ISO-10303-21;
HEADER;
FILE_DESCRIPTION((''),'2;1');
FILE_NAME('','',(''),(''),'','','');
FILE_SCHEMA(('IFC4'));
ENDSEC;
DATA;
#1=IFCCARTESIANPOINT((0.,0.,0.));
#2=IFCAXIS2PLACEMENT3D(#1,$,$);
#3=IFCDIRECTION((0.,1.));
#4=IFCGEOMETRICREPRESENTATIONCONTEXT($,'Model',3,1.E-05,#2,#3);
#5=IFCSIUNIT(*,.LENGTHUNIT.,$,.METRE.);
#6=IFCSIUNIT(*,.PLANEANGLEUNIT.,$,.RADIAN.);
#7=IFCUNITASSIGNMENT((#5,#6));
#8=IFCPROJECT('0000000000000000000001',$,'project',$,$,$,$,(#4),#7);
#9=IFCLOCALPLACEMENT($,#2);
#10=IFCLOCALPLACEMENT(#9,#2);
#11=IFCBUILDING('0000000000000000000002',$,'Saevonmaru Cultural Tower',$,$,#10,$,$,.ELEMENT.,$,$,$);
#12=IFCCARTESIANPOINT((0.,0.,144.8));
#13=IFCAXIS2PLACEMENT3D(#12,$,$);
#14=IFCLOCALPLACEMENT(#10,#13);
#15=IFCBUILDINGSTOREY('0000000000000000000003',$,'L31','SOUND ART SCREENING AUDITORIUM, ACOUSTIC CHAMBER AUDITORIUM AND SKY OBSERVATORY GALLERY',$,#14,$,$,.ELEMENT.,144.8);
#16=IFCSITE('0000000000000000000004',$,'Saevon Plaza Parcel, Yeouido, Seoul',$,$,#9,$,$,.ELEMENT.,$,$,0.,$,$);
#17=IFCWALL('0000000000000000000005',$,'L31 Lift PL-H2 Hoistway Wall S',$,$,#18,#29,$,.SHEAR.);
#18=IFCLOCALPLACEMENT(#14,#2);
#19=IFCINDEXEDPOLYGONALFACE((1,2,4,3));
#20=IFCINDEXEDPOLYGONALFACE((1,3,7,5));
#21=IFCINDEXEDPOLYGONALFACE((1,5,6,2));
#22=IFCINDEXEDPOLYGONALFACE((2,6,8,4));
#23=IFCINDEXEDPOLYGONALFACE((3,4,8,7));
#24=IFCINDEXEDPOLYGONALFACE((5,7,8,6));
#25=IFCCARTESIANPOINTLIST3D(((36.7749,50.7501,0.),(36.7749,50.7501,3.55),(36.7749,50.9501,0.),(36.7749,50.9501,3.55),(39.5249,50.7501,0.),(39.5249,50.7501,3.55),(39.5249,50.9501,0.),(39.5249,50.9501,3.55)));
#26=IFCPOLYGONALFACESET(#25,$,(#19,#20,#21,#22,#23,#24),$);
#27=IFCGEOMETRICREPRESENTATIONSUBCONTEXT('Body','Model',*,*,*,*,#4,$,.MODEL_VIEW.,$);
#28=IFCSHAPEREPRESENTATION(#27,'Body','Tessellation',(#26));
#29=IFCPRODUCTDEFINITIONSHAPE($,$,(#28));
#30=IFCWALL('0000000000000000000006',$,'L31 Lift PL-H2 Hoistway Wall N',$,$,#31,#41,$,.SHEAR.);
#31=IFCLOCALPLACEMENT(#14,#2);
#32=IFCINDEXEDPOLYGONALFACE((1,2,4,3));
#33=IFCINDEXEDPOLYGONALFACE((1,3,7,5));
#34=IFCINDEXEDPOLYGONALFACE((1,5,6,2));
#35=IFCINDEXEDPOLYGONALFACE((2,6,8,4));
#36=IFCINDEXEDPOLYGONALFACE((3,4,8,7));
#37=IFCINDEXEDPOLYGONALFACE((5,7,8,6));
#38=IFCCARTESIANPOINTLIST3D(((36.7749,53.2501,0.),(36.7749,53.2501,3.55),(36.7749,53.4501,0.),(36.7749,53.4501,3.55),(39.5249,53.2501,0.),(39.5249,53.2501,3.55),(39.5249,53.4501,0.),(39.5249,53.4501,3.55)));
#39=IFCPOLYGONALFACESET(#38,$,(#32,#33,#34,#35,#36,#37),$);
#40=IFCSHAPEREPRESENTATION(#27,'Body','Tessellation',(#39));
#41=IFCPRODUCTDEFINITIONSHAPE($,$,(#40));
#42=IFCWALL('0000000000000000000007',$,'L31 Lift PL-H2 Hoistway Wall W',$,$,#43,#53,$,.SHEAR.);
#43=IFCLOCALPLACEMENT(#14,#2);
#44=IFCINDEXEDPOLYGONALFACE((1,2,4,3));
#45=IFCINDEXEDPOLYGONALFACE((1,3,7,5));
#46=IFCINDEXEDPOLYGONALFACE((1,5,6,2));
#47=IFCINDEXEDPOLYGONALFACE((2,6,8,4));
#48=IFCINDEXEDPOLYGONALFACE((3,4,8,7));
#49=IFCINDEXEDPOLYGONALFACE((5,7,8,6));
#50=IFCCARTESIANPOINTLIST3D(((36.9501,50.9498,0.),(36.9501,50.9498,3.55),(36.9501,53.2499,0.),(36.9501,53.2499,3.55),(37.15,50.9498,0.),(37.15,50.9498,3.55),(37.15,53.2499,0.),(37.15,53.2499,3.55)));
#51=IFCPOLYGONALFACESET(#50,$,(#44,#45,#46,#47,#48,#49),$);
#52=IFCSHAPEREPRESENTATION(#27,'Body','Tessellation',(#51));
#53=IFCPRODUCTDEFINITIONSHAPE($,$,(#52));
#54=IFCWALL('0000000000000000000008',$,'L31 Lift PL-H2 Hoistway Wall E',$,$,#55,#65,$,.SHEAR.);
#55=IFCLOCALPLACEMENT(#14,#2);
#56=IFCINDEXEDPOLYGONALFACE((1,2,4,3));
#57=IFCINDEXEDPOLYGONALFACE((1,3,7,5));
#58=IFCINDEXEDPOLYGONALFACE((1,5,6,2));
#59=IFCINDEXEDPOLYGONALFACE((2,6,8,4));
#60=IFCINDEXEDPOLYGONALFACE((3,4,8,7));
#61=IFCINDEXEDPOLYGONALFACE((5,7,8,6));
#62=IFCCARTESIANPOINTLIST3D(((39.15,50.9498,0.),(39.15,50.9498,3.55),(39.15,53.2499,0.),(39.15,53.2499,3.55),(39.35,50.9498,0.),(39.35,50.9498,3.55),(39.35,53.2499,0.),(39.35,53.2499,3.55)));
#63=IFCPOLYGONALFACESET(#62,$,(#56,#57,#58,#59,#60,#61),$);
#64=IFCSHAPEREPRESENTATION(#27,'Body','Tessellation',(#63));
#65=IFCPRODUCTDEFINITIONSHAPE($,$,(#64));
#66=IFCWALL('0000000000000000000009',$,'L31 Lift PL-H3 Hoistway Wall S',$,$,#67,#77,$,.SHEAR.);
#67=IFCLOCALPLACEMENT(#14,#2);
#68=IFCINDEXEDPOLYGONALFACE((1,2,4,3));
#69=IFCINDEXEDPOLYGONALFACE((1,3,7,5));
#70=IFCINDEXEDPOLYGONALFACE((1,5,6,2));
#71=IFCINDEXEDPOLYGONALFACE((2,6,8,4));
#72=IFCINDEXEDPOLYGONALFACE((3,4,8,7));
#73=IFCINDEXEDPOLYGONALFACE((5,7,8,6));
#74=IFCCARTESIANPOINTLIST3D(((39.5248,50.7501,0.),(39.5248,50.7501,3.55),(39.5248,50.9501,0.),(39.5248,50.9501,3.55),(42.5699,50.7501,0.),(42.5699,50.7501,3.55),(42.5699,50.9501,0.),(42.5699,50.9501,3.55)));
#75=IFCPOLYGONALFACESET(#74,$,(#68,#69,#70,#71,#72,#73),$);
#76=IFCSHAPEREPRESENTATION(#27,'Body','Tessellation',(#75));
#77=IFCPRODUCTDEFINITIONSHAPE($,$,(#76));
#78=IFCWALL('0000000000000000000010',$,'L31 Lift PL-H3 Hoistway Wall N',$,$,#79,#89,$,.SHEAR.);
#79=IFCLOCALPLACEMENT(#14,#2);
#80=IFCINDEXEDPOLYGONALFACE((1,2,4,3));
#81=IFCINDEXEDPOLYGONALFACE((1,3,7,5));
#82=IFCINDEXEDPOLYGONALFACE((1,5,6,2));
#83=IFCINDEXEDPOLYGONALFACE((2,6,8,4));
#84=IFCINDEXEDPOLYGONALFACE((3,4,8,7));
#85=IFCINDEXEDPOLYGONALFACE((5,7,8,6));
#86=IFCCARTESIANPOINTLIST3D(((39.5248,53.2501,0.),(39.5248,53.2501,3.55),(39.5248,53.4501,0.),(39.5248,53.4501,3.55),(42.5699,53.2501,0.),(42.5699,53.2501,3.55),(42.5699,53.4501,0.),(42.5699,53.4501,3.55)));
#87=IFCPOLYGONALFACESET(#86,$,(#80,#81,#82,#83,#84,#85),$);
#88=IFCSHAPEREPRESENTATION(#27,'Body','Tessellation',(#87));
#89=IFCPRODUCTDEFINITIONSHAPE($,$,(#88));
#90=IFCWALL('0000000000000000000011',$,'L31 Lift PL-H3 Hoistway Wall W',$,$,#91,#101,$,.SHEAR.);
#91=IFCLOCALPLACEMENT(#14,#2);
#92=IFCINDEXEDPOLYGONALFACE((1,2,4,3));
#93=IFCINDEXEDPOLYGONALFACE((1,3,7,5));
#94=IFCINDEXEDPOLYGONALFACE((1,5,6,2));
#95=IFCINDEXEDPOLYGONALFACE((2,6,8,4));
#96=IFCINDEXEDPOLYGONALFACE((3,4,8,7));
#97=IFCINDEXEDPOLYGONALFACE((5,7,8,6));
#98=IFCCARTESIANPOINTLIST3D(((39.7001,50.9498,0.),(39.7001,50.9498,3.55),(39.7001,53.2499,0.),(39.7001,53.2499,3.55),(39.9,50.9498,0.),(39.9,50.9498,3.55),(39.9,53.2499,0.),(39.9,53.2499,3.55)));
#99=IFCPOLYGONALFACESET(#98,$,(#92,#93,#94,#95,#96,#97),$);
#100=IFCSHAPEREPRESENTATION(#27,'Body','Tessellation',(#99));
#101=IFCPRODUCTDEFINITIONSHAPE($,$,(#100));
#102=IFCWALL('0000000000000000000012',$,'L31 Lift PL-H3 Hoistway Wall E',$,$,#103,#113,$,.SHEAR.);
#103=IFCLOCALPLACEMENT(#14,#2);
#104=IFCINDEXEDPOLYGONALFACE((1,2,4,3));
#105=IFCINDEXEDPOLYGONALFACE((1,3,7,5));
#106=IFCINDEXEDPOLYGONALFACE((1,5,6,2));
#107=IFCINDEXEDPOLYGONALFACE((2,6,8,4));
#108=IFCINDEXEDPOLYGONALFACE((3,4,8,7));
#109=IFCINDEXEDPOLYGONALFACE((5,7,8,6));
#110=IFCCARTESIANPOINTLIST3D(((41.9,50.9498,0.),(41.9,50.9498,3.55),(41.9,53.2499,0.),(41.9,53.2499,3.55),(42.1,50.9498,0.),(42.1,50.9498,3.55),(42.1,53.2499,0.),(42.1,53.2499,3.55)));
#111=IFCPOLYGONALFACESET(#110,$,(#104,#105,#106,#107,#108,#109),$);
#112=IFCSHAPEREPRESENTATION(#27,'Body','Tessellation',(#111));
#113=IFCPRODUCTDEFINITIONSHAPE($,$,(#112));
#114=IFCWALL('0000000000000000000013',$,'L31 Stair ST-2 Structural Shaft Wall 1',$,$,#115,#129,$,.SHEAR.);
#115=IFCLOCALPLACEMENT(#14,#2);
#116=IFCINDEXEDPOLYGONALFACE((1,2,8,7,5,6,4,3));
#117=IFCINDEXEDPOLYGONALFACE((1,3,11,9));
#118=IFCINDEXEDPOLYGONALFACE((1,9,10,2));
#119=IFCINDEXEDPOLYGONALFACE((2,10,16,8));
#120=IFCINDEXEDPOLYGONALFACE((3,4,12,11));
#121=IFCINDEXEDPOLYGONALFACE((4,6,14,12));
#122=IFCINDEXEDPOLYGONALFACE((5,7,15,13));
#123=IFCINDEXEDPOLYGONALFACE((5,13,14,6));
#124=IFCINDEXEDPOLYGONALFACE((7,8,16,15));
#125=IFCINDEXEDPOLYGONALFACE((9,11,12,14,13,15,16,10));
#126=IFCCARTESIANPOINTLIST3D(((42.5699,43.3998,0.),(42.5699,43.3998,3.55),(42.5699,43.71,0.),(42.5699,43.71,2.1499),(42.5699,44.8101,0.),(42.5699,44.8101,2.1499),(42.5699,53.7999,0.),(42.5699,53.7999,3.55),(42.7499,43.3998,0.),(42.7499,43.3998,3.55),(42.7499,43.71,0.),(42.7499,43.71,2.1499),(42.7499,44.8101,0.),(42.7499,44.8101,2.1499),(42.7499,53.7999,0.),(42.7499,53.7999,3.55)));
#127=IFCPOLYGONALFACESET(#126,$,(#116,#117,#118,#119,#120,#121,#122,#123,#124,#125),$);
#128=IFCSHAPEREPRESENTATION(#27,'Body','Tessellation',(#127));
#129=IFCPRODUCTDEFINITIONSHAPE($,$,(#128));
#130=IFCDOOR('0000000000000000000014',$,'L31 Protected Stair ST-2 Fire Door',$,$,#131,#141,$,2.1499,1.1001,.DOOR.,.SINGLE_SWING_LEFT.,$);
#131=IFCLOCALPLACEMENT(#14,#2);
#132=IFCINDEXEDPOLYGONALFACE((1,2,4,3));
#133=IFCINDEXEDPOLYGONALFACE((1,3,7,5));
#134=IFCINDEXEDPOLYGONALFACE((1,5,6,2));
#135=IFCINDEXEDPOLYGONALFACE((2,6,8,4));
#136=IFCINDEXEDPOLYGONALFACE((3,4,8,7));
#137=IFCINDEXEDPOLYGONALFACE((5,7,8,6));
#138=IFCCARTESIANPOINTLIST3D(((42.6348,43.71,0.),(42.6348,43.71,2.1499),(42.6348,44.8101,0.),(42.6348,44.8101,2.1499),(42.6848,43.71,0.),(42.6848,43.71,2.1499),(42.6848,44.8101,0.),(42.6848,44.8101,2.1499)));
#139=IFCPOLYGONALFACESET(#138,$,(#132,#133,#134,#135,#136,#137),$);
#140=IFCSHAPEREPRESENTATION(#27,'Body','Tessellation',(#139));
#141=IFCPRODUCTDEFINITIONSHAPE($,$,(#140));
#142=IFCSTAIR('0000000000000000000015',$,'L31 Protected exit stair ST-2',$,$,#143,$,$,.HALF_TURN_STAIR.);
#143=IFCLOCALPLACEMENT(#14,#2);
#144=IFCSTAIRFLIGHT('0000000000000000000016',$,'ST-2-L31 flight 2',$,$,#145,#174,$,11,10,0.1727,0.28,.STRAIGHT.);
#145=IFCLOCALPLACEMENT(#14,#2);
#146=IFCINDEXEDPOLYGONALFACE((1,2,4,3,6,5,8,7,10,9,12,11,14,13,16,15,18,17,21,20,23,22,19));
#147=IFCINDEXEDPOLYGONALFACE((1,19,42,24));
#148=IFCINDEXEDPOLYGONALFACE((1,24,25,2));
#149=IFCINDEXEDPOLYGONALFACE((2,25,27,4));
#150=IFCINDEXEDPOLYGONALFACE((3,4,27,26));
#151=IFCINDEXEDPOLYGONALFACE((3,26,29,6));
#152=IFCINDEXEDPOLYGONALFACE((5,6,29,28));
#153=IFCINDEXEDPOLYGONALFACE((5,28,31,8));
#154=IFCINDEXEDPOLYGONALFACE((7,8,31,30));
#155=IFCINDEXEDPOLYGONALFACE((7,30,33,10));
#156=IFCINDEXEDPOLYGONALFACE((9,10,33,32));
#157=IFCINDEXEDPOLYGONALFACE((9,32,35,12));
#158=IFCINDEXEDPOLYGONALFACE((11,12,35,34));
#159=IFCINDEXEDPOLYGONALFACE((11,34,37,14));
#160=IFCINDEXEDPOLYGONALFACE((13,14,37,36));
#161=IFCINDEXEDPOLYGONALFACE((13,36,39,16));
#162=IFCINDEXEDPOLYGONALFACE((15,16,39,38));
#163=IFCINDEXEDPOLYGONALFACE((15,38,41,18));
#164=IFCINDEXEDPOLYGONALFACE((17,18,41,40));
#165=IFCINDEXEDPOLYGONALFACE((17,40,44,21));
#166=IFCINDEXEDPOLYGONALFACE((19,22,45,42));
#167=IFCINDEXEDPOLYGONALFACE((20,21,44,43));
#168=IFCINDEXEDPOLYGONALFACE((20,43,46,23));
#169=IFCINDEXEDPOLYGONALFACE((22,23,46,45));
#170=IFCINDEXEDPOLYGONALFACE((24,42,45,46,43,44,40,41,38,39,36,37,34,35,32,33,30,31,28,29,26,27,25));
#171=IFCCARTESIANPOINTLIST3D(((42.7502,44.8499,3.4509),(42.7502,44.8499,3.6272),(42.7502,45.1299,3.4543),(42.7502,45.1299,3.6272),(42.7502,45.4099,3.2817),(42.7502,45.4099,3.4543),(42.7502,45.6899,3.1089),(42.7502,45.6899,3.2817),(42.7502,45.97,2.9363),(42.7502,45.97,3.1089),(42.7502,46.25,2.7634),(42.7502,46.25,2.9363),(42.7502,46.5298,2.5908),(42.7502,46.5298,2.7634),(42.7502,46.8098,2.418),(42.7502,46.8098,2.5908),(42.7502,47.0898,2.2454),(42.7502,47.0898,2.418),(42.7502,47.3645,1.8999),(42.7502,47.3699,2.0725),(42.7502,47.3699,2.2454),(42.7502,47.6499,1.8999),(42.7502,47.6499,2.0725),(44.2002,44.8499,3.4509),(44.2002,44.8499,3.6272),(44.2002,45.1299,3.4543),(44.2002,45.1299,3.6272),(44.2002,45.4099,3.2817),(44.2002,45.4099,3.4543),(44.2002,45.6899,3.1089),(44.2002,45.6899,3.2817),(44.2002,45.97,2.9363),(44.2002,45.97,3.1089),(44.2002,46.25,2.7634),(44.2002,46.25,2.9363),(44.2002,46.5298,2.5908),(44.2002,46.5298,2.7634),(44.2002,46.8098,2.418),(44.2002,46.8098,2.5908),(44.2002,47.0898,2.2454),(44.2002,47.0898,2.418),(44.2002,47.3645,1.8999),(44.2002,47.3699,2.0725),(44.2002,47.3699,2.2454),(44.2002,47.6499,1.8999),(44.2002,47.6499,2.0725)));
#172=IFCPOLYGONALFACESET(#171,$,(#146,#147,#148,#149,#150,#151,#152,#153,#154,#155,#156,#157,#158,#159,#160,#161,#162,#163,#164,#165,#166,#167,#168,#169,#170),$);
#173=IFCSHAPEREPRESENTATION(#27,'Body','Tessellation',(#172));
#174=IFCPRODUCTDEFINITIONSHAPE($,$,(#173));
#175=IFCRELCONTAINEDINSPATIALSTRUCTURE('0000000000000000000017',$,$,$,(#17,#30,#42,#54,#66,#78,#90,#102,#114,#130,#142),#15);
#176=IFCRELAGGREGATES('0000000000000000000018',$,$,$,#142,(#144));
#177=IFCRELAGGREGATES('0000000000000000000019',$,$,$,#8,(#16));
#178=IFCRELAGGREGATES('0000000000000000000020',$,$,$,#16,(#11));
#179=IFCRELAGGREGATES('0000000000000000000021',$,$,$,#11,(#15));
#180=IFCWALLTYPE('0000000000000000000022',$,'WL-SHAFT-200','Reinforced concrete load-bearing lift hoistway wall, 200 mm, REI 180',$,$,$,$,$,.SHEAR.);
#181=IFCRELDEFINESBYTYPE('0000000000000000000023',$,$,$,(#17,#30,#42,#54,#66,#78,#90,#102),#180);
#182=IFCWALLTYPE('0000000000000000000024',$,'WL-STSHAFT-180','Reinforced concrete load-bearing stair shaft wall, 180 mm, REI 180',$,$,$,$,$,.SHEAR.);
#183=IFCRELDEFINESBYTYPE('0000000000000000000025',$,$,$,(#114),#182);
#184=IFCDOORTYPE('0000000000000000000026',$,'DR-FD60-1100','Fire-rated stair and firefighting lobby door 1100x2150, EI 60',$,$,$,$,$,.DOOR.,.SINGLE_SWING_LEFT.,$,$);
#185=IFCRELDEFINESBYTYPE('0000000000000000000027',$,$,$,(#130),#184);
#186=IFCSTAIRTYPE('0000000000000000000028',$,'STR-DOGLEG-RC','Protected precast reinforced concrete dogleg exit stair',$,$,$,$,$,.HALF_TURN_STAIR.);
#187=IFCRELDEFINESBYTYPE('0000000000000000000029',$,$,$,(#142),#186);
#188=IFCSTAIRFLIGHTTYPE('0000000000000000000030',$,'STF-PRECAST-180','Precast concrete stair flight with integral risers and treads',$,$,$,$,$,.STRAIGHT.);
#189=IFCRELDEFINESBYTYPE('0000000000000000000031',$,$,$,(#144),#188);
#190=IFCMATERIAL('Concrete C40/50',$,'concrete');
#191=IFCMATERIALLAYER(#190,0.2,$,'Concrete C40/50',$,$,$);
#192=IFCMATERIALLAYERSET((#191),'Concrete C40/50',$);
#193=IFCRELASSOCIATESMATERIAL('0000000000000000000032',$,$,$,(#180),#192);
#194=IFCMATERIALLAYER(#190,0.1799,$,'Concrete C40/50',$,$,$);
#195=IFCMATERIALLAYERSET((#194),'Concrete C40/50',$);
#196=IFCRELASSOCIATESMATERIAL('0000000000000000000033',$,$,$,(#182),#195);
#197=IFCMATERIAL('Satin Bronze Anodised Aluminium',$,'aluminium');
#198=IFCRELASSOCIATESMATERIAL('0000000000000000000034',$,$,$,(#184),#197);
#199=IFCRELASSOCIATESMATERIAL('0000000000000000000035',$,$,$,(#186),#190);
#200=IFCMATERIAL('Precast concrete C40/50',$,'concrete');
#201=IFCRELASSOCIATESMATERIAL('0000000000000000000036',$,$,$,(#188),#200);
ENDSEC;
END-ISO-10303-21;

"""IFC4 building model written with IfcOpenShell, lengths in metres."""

from ifc_helpers import new_model, si_unit, direction, frame, frame_2d, origin, place, context, subcontext, project, spatial, polyline, rectangle, outline, extrude, material, layer, layer_set, type_object, element, fill, aggregate, save


model = new_model("IFC4")

# Units and contexts
model_context = context("Model", 3, precision=1e-05, world=origin(), true_north=direction((0.0, 1.0)))
body_context = subcontext(model_context, "Body", "Model", "MODEL_VIEW")
ifc_project = project(units=[si_unit("LENGTHUNIT", "METRE"), si_unit("PLANEANGLEUNIT", "RADIAN")], contexts=[model_context])

# Site, building, storey
site_placement = place(None, origin())
site = spatial("IfcSite", under=ifc_project, at=site_placement, Name="Saevon Plaza Parcel, Yeouido, Seoul", CompositionType="ELEMENT", RefElevation=0.0)
building_placement = place(site_placement, origin())
building = spatial("IfcBuilding", under=site, at=building_placement, Name="Saevonmaru Cultural Tower", CompositionType="ELEMENT")
storey_placement = place(building_placement, frame((0.0, 0.0, 144.8)))
storey = spatial("IfcBuildingStorey", under=building, at=storey_placement, Name="L31", Description="SOUND ART SCREENING AUDITORIUM, ACOUSTIC CHAMBER AUDITORIUM AND SKY OBSERVATORY GALLERY", CompositionType="ELEMENT", Elevation=144.8)

# Shared definitions
ifc_material_1 = material(Name="Satin Bronze Anodised Aluminium", Category="aluminium")

# Walls
ifc_material_2 = material(Name="Concrete C40/50", Category="concrete")
ifc_layer_1 = layer(ifc_material_2, 0.2, Name="Concrete C40/50")
ifc_layer_set_1 = layer_set([ifc_layer_1], Name="Concrete C40/50")
wall_type_1 = type_object("IfcWallType", Name="WL-SHAFT-200", Description="Reinforced concrete load-bearing lift hoistway wall, 200 mm, REI 180", PredefinedType="SHEAR", material=ifc_layer_set_1)
for number, where, z_axis, x_axis, name in (
    (1, (36.7749, 50.8501, 0.0), (0.0, 0.0, 1.0), (1.0, 0.0, 0.0), "L31 Lift PL-H2 Hoistway Wall S"),
    (2, (36.7749, 53.3501, 0.0), (0.0, 0.0, 1.0), (1.0, 0.0, 0.0), "L31 Lift PL-H2 Hoistway Wall N"),
):
    element("IfcWall", number, at=place(storey_placement, frame(where, z_axis=z_axis, x_axis=x_axis)), inside=storey, type_object=wall_type_1, Name=name, PredefinedType="SHEAR", context=body_context, shape_type="SweptSolid", body=[
        extrude(rectangle(XDim=2.75, YDim=0.2, at=frame_2d((1.375, 0.0))), origin(), (0.0, 0.0, 1.0), 3.55),
    ])
for number, where, z_axis, x_axis, name in (
    (3, (37.05, 50.95, 0.0), (0.0, 0.0, 1.0), (0.0, 1.0, 0.0), "L31 Lift PL-H2 Hoistway Wall W"),
    (4, (39.25, 50.95, 0.0), (0.0, 0.0, 1.0), (0.0, 1.0, 0.0), "L31 Lift PL-H2 Hoistway Wall E"),
):
    element("IfcWall", number, at=place(storey_placement, frame(where, z_axis=z_axis, x_axis=x_axis)), inside=storey, type_object=wall_type_1, Name=name, PredefinedType="SHEAR", context=body_context, shape_type="SweptSolid", body=[
        extrude(rectangle(XDim=2.3, YDim=0.2, at=frame_2d((1.1499, 0.0))), origin(), (0.0, 0.0, 1.0), 3.55),
    ])
for number, where, z_axis, x_axis, name in (
    (5, (39.5249, 50.8501, 0.0), (0.0, 0.0, 1.0), (1.0, 0.0, 0.0), "L31 Lift PL-H3 Hoistway Wall S"),
    (6, (39.5249, 53.3501, 0.0), (0.0, 0.0, 1.0), (1.0, 0.0, 0.0), "L31 Lift PL-H3 Hoistway Wall N"),
):
    element("IfcWall", number, at=place(storey_placement, frame(where, z_axis=z_axis, x_axis=x_axis)), inside=storey, type_object=wall_type_1, Name=name, PredefinedType="SHEAR", context=body_context, shape_type="SweptSolid", body=[
        extrude(rectangle(XDim=3.0452, YDim=0.2, at=frame_2d((1.5225, 0.0))), origin(), (0.0, 0.0, 1.0), 3.55),
    ])
for number, where, z_axis, x_axis, name in (
    (7, (39.8, 50.95, 0.0), (0.0, 0.0, 1.0), (0.0, 1.0, 0.0), "L31 Lift PL-H3 Hoistway Wall W"),
    (8, (42.0, 50.95, 0.0), (0.0, 0.0, 1.0), (0.0, 1.0, 0.0), "L31 Lift PL-H3 Hoistway Wall E"),
):
    element("IfcWall", number, at=place(storey_placement, frame(where, z_axis=z_axis, x_axis=x_axis)), inside=storey, type_object=wall_type_1, Name=name, PredefinedType="SHEAR", context=body_context, shape_type="SweptSolid", body=[
        extrude(rectangle(XDim=2.3, YDim=0.2, at=frame_2d((1.1499, 0.0))), origin(), (0.0, 0.0, 1.0), 3.55),
    ])

# Wall, opening, door
ifc_layer_2 = layer(ifc_material_2, 0.1799, Name="Concrete C40/50")
ifc_layer_set_2 = layer_set([ifc_layer_2], Name="Concrete C40/50")
wall_type_2 = type_object("IfcWallType", Name="WL-STSHAFT-180", Description="Reinforced concrete load-bearing stair shaft wall, 180 mm, REI 180", PredefinedType="SHEAR", material=ifc_layer_set_2)
wall_1_placement = place(storey_placement, frame((42.6599, 53.8, 0.0), z_axis=(0.0, 0.0, 1.0), x_axis=(0.0, -1.0, 0.0)))
wall_1 = element("IfcWall", 9, at=wall_1_placement, inside=storey, type_object=wall_type_2, Name="L31 Stair ST-2 Structural Shaft Wall 1", PredefinedType="SHEAR", context=body_context, shape_type="SweptSolid", body=[
    extrude(rectangle(XDim=10.4001, YDim=0.1799, at=frame_2d((5.2002, 0.0))), origin(), (0.0, 0.0, 1.0), 3.55),
])
opening_placement = place(wall_1_placement, frame((8.99, 0.0, 0.0)))
opening = element("IfcOpeningElement", 10, at=opening_placement, cuts=wall_1, PredefinedType="OPENING", context=body_context, shape_type="SweptSolid", body=[
    extrude(rectangle(XDim=1.1001, YDim=2.1499, at=frame_2d((0.55, 1.075))), frame((0.0, 0.1001, 0.0), z_axis=(0.0, -1.0, 0.0), x_axis=(1.0, 0.0, 0.0)), (0.0, 0.0, 1.0), 0.2),
])
door_type = type_object("IfcDoorType", Name="DR-FD60-1100", Description="Fire-rated stair and firefighting lobby door 1100x2150, EI 60", OperationType="SINGLE_SWING_LEFT", PredefinedType="DOOR", material=ifc_material_1)
door_placement = place(opening_placement, origin())
door = element("IfcDoor", 11, at=door_placement, inside=storey, type_object=door_type, Name="L31 Protected Stair ST-2 Fire Door", OperationType="SINGLE_SWING_LEFT", OverallHeight=2.1499, OverallWidth=1.1001, PredefinedType="DOOR", context=body_context, shape_type="SweptSolid", body=[
    extrude(rectangle(XDim=1.1001, YDim=2.1499, at=frame_2d((0.55, 1.075))), frame((0.0, 0.0249, 0.0), z_axis=(0.0, -1.0, 0.0), x_axis=(1.0, 0.0, 0.0)), (0.0, 0.0, 1.0), 0.05),
])
fill(opening, door)

# Stair, stair flight
stair_type = type_object("IfcStairType", Name="STR-DOGLEG-RC", Description="Protected precast reinforced concrete dogleg exit stair", PredefinedType="HALF_TURN_STAIR", material=ifc_material_2)
stair_placement = place(storey_placement, origin())
stair = element("IfcStair", 12, at=stair_placement, inside=storey, type_object=stair_type, Name="L31 Protected exit stair ST-2", PredefinedType="HALF_TURN_STAIR")
ifc_material_3 = material(Name="Precast concrete C40/50", Category="concrete")
stair_flight_type = type_object("IfcStairFlightType", Name="STF-PRECAST-180", Description="Precast concrete stair flight with integral risers and treads", PredefinedType="STRAIGHT", material=ifc_material_3)
stair_flight_placement = place(storey_placement, frame((43.4751, 47.6499, 1.8999), z_axis=(0.0, 0.0, 1.0), x_axis=(0.0, -1.0, 0.0)))
stair_flight = element("IfcStairFlight", 13, at=stair_flight_placement, type_object=stair_flight_type, Name="ST-2-L31 flight 2", NumberOfRisers=11, NumberOfTreads=10, PredefinedType="STRAIGHT", RiserHeight=0.1727, TreadLength=0.28, context=body_context, shape_type="SweptSolid", body=[
    extrude(outline(polyline([(0.0, 0.0), (0.0, 0.1726), (0.28, 0.1726), (0.28, 0.3455), (0.5601, 0.3455), (0.5601, 0.5181), (0.8401, 0.5181), (0.8401, 0.6909), (1.1201, 0.6909), (1.1201, 0.8635), (1.3999, 0.8635), (1.3999, 1.0364), (1.6799, 1.0364), (1.6799, 1.209), (1.96, 1.209), (1.96, 1.3818), (2.24, 1.3818), (2.24, 1.5544), (2.52, 1.5544), (2.52, 1.7273), (2.8, 1.7273), (2.8, 1.8999), (2.8, 1.551), (0.2854, 0.0), (0.0, 0.0)])), frame((0.0, 0.7251, 0.0), z_axis=(0.0, -1.0, 0.0), x_axis=(1.0, 0.0, 0.0)), (0.0, 0.0, 1.0), 1.45),
])
aggregate(stair, [stair_flight])

save(model, "model.ifc")
